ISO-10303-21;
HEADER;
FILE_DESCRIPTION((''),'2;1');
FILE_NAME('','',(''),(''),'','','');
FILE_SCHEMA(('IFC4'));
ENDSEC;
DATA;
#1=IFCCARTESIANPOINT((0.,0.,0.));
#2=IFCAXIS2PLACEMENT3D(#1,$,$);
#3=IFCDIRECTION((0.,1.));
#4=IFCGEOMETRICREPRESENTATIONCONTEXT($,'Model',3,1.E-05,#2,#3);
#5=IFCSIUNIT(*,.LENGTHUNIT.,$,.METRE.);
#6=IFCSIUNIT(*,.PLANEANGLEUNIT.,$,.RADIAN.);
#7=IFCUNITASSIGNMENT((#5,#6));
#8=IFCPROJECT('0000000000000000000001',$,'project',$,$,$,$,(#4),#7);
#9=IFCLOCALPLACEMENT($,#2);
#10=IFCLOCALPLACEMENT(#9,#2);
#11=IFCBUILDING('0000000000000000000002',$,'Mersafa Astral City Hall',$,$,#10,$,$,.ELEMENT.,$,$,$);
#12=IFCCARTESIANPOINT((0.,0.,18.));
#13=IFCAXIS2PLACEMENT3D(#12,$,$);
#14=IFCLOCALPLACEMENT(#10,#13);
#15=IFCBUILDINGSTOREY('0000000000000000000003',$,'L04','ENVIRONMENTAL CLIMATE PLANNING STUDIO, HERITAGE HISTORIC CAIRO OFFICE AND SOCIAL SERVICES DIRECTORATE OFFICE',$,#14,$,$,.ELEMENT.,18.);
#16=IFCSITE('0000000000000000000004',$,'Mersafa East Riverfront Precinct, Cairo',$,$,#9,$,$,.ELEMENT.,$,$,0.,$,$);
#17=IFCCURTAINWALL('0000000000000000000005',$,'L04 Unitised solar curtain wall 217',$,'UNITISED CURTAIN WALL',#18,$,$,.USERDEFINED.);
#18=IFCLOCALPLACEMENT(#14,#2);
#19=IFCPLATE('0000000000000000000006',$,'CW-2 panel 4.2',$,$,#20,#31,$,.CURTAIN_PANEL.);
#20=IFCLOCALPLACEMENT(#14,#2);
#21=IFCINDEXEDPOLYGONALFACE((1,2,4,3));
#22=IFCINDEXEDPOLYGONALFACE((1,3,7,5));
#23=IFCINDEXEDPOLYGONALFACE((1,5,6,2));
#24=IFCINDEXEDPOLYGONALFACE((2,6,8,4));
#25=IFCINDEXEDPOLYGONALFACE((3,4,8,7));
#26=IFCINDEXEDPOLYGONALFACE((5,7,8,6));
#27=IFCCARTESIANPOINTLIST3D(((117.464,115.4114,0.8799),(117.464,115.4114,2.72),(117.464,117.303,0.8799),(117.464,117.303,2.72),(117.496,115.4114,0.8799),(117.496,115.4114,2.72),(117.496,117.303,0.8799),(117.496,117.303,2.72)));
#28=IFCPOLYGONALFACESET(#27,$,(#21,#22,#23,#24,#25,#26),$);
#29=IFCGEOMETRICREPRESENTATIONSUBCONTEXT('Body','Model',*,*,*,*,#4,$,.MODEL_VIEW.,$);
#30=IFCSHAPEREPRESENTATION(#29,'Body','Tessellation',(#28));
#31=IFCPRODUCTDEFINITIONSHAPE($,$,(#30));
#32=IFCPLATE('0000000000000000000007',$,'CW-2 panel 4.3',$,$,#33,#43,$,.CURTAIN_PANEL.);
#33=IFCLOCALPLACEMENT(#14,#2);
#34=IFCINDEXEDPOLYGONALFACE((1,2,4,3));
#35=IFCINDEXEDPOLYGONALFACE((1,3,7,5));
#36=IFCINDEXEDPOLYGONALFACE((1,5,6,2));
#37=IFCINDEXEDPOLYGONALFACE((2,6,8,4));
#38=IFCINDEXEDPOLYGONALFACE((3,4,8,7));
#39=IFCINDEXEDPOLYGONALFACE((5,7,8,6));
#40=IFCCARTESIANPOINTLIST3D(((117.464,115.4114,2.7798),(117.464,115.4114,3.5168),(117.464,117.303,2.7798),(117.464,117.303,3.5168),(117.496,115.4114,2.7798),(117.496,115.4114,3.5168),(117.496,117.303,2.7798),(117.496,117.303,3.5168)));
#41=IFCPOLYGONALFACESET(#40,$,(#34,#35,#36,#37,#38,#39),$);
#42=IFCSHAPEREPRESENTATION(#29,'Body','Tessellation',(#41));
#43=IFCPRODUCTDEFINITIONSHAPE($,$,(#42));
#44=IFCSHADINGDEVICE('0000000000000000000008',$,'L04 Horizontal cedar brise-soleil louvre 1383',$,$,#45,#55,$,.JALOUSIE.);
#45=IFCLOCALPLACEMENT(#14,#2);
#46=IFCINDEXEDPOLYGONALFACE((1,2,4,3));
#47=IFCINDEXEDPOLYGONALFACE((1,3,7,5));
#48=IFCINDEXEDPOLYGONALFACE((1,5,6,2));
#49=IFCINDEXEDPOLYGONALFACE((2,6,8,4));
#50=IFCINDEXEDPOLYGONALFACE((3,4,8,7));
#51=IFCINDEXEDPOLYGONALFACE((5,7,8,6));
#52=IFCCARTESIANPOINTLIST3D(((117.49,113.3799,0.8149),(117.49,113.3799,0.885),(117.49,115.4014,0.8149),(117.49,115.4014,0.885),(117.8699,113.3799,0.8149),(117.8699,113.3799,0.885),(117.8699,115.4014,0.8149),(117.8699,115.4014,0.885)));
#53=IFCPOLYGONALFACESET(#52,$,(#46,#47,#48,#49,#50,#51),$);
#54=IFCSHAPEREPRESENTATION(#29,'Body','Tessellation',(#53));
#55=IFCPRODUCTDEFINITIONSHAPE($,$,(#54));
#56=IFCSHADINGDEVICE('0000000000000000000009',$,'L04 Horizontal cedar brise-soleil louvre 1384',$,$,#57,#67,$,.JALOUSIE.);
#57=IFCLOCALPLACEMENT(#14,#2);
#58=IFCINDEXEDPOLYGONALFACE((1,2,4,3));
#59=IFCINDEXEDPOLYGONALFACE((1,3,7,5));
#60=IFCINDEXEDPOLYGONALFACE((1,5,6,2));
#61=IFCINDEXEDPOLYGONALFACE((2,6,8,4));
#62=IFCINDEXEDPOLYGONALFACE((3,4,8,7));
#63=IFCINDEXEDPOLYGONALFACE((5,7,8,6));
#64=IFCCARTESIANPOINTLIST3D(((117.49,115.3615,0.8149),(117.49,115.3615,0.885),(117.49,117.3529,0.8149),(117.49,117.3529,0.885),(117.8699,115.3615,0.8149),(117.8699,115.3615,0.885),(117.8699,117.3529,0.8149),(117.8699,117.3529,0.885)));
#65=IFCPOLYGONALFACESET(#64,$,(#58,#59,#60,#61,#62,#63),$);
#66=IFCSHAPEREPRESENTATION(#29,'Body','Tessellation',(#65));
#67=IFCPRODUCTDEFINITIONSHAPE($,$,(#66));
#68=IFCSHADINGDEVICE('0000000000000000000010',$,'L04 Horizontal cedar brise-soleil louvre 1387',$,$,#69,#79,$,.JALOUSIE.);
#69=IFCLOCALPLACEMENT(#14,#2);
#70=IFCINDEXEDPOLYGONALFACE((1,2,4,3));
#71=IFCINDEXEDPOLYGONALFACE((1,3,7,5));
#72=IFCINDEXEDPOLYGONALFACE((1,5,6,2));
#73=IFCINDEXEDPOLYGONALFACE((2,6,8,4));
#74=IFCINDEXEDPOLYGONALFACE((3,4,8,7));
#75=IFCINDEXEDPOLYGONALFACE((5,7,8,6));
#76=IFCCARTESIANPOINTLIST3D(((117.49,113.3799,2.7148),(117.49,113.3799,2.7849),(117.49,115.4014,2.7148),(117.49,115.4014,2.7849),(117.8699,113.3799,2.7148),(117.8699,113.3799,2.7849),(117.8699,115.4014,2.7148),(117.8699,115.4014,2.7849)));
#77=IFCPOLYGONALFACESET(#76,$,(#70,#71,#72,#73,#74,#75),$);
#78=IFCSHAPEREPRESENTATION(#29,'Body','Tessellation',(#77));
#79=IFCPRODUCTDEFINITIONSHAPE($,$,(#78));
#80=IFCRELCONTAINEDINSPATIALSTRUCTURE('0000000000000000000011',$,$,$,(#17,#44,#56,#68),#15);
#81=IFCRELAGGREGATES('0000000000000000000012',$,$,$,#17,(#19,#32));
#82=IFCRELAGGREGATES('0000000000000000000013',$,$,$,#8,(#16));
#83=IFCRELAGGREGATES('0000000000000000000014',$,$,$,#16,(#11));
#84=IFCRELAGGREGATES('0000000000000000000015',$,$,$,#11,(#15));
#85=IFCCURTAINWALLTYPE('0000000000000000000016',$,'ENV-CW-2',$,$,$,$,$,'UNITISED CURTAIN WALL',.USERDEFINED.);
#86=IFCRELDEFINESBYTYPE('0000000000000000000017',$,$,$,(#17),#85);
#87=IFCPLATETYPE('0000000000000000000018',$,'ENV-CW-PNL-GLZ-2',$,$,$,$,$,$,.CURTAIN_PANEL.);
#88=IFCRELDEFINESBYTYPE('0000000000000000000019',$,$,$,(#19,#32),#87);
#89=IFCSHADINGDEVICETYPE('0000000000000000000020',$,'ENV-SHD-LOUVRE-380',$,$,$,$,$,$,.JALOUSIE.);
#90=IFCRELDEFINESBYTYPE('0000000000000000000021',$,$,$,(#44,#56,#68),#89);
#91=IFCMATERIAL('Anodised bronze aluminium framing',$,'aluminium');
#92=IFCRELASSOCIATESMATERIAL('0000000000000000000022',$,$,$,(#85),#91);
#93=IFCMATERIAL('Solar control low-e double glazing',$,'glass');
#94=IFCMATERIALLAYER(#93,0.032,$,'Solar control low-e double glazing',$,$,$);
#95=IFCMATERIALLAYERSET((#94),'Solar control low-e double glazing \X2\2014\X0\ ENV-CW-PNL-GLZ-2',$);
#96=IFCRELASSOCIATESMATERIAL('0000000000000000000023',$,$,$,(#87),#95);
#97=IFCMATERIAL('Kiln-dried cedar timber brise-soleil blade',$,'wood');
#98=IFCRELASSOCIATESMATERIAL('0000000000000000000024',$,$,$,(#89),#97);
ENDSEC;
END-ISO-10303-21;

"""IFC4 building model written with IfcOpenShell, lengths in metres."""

from ifc_helpers import new_model, si_unit, direction, frame, origin, origin_2d, place, context, subcontext, project, spatial, rectangle, extrude, material, layer, layer_set, type_object, element, aggregate, save


model = new_model("IFC4")

# Units and contexts
model_context = context("Model", 3, precision=1e-05, world=origin(), true_north=direction((0.0, 1.0)))
body_context = subcontext(model_context, "Body", "Model", "MODEL_VIEW")
ifc_project = project(units=[si_unit("LENGTHUNIT", "METRE"), si_unit("PLANEANGLEUNIT", "RADIAN")], contexts=[model_context])

# Site, building, storey
site_placement = place(None, origin())
site = spatial("IfcSite", under=ifc_project, at=site_placement, Name="Mersafa East Riverfront Precinct, Cairo", CompositionType="ELEMENT", RefElevation=0.0)
building_placement = place(site_placement, origin())
building = spatial("IfcBuilding", under=site, at=building_placement, Name="Mersafa Astral City Hall", CompositionType="ELEMENT")
storey_placement = place(building_placement, frame((0.0, 0.0, 18.0)))
storey = spatial("IfcBuildingStorey", under=building, at=storey_placement, Name="L04", Description="ENVIRONMENTAL CLIMATE PLANNING STUDIO, HERITAGE HISTORIC CAIRO OFFICE AND SOCIAL SERVICES DIRECTORATE OFFICE", CompositionType="ELEMENT", Elevation=18.0)

# Curtain wall, plates
ifc_material_1 = material(Name="Anodised bronze aluminium framing", Category="aluminium")
curtain_wall_type = type_object("IfcCurtainWallType", Name="ENV-CW-2", ElementType="UNITISED CURTAIN WALL", PredefinedType="USERDEFINED", material=ifc_material_1)
curtain_wall_placement = place(storey_placement, origin())
curtain_wall = element("IfcCurtainWall", 1, at=curtain_wall_placement, inside=storey, type_object=curtain_wall_type, Name="L04 Unitised solar curtain wall 217", ObjectType="UNITISED CURTAIN WALL", PredefinedType="USERDEFINED")
ifc_material_2 = material(Name="Solar control low-e double glazing", Category="glass")
ifc_layer = layer(ifc_material_2, 0.032, Name="Solar control low-e double glazing")
ifc_layer_set = layer_set([ifc_layer], Name="Solar control low-e double glazing — ENV-CW-PNL-GLZ-2")
plate_type = type_object("IfcPlateType", Name="ENV-CW-PNL-GLZ-2", PredefinedType="CURTAIN_PANEL", material=ifc_layer_set)
plate_1_placement = place(storey_placement, frame((117.48, 116.3572, 0.8799), z_axis=(0.0, 0.0, 1.0), x_axis=(0.0, 1.0, 0.0)))
plate_1 = element("IfcPlate", 2, at=plate_1_placement, type_object=plate_type, Name="CW-2 panel 4.2", PredefinedType="CURTAIN_PANEL", context=body_context, shape_type="SweptSolid", body=[
    extrude(rectangle(XDim=1.8916, YDim=0.032, at=origin_2d()), origin(), (0.0, 0.0, 1.0), 1.8401),
])
plate_2_placement = place(storey_placement, frame((117.48, 116.3572, 2.7798), z_axis=(0.0, 0.0, 1.0), x_axis=(0.0, 1.0, 0.0)))
plate_2 = element("IfcPlate", 3, at=plate_2_placement, type_object=plate_type, Name="CW-2 panel 4.3", PredefinedType="CURTAIN_PANEL", context=body_context, shape_type="SweptSolid", body=[
    extrude(rectangle(XDim=1.8916, YDim=0.032, at=origin_2d()), origin(), (0.0, 0.0, 1.0), 0.7371),
])
aggregate(curtain_wall, [plate_1, plate_2])

# Shading devices
ifc_material_3 = material(Name="Kiln-dried cedar timber brise-soleil blade", Category="wood")
shading_device_type = type_object("IfcShadingDeviceType", Name="ENV-SHD-LOUVRE-380", PredefinedType="JALOUSIE", material=ifc_material_3)
shading_device_1_placement = place(storey_placement, frame((117.6799, 114.3906, 0.8149), z_axis=(0.0, 0.0, 1.0), x_axis=(0.0, 1.0, 0.0)))
element("IfcShadingDevice", 4, at=shading_device_1_placement, inside=storey, type_object=shading_device_type, Name="L04 Horizontal cedar brise-soleil louvre 1383", PredefinedType="JALOUSIE", context=body_context, shape_type="SweptSolid", body=[
    extrude(rectangle(XDim=2.0215, YDim=0.3799, at=origin_2d()), origin(), (0.0, 0.0, 1.0), 0.0701),
])
shading_device_2_placement = place(storey_placement, frame((117.6799, 116.3572, 0.8149), z_axis=(0.0, 0.0, 1.0), x_axis=(0.0, 1.0, 0.0)))
element("IfcShadingDevice", 5, at=shading_device_2_placement, inside=storey, type_object=shading_device_type, Name="L04 Horizontal cedar brise-soleil louvre 1384", PredefinedType="JALOUSIE", context=body_context, shape_type="SweptSolid", body=[
    extrude(rectangle(XDim=1.9915, YDim=0.3799, at=origin_2d()), origin(), (0.0, 0.0, 1.0), 0.0701),
])
shading_device_3_placement = place(storey_placement, frame((117.6799, 114.3906, 2.7148), z_axis=(0.0, 0.0, 1.0), x_axis=(0.0, 1.0, 0.0)))
element("IfcShadingDevice", 6, at=shading_device_3_placement, inside=storey, type_object=shading_device_type, Name="L04 Horizontal cedar brise-soleil louvre 1387", PredefinedType="JALOUSIE", context=body_context, shape_type="SweptSolid", body=[
    extrude(rectangle(XDim=2.0215, YDim=0.3799, at=origin_2d()), origin(), (0.0, 0.0, 1.0), 0.0701),
])

save(model, "model.ifc")
